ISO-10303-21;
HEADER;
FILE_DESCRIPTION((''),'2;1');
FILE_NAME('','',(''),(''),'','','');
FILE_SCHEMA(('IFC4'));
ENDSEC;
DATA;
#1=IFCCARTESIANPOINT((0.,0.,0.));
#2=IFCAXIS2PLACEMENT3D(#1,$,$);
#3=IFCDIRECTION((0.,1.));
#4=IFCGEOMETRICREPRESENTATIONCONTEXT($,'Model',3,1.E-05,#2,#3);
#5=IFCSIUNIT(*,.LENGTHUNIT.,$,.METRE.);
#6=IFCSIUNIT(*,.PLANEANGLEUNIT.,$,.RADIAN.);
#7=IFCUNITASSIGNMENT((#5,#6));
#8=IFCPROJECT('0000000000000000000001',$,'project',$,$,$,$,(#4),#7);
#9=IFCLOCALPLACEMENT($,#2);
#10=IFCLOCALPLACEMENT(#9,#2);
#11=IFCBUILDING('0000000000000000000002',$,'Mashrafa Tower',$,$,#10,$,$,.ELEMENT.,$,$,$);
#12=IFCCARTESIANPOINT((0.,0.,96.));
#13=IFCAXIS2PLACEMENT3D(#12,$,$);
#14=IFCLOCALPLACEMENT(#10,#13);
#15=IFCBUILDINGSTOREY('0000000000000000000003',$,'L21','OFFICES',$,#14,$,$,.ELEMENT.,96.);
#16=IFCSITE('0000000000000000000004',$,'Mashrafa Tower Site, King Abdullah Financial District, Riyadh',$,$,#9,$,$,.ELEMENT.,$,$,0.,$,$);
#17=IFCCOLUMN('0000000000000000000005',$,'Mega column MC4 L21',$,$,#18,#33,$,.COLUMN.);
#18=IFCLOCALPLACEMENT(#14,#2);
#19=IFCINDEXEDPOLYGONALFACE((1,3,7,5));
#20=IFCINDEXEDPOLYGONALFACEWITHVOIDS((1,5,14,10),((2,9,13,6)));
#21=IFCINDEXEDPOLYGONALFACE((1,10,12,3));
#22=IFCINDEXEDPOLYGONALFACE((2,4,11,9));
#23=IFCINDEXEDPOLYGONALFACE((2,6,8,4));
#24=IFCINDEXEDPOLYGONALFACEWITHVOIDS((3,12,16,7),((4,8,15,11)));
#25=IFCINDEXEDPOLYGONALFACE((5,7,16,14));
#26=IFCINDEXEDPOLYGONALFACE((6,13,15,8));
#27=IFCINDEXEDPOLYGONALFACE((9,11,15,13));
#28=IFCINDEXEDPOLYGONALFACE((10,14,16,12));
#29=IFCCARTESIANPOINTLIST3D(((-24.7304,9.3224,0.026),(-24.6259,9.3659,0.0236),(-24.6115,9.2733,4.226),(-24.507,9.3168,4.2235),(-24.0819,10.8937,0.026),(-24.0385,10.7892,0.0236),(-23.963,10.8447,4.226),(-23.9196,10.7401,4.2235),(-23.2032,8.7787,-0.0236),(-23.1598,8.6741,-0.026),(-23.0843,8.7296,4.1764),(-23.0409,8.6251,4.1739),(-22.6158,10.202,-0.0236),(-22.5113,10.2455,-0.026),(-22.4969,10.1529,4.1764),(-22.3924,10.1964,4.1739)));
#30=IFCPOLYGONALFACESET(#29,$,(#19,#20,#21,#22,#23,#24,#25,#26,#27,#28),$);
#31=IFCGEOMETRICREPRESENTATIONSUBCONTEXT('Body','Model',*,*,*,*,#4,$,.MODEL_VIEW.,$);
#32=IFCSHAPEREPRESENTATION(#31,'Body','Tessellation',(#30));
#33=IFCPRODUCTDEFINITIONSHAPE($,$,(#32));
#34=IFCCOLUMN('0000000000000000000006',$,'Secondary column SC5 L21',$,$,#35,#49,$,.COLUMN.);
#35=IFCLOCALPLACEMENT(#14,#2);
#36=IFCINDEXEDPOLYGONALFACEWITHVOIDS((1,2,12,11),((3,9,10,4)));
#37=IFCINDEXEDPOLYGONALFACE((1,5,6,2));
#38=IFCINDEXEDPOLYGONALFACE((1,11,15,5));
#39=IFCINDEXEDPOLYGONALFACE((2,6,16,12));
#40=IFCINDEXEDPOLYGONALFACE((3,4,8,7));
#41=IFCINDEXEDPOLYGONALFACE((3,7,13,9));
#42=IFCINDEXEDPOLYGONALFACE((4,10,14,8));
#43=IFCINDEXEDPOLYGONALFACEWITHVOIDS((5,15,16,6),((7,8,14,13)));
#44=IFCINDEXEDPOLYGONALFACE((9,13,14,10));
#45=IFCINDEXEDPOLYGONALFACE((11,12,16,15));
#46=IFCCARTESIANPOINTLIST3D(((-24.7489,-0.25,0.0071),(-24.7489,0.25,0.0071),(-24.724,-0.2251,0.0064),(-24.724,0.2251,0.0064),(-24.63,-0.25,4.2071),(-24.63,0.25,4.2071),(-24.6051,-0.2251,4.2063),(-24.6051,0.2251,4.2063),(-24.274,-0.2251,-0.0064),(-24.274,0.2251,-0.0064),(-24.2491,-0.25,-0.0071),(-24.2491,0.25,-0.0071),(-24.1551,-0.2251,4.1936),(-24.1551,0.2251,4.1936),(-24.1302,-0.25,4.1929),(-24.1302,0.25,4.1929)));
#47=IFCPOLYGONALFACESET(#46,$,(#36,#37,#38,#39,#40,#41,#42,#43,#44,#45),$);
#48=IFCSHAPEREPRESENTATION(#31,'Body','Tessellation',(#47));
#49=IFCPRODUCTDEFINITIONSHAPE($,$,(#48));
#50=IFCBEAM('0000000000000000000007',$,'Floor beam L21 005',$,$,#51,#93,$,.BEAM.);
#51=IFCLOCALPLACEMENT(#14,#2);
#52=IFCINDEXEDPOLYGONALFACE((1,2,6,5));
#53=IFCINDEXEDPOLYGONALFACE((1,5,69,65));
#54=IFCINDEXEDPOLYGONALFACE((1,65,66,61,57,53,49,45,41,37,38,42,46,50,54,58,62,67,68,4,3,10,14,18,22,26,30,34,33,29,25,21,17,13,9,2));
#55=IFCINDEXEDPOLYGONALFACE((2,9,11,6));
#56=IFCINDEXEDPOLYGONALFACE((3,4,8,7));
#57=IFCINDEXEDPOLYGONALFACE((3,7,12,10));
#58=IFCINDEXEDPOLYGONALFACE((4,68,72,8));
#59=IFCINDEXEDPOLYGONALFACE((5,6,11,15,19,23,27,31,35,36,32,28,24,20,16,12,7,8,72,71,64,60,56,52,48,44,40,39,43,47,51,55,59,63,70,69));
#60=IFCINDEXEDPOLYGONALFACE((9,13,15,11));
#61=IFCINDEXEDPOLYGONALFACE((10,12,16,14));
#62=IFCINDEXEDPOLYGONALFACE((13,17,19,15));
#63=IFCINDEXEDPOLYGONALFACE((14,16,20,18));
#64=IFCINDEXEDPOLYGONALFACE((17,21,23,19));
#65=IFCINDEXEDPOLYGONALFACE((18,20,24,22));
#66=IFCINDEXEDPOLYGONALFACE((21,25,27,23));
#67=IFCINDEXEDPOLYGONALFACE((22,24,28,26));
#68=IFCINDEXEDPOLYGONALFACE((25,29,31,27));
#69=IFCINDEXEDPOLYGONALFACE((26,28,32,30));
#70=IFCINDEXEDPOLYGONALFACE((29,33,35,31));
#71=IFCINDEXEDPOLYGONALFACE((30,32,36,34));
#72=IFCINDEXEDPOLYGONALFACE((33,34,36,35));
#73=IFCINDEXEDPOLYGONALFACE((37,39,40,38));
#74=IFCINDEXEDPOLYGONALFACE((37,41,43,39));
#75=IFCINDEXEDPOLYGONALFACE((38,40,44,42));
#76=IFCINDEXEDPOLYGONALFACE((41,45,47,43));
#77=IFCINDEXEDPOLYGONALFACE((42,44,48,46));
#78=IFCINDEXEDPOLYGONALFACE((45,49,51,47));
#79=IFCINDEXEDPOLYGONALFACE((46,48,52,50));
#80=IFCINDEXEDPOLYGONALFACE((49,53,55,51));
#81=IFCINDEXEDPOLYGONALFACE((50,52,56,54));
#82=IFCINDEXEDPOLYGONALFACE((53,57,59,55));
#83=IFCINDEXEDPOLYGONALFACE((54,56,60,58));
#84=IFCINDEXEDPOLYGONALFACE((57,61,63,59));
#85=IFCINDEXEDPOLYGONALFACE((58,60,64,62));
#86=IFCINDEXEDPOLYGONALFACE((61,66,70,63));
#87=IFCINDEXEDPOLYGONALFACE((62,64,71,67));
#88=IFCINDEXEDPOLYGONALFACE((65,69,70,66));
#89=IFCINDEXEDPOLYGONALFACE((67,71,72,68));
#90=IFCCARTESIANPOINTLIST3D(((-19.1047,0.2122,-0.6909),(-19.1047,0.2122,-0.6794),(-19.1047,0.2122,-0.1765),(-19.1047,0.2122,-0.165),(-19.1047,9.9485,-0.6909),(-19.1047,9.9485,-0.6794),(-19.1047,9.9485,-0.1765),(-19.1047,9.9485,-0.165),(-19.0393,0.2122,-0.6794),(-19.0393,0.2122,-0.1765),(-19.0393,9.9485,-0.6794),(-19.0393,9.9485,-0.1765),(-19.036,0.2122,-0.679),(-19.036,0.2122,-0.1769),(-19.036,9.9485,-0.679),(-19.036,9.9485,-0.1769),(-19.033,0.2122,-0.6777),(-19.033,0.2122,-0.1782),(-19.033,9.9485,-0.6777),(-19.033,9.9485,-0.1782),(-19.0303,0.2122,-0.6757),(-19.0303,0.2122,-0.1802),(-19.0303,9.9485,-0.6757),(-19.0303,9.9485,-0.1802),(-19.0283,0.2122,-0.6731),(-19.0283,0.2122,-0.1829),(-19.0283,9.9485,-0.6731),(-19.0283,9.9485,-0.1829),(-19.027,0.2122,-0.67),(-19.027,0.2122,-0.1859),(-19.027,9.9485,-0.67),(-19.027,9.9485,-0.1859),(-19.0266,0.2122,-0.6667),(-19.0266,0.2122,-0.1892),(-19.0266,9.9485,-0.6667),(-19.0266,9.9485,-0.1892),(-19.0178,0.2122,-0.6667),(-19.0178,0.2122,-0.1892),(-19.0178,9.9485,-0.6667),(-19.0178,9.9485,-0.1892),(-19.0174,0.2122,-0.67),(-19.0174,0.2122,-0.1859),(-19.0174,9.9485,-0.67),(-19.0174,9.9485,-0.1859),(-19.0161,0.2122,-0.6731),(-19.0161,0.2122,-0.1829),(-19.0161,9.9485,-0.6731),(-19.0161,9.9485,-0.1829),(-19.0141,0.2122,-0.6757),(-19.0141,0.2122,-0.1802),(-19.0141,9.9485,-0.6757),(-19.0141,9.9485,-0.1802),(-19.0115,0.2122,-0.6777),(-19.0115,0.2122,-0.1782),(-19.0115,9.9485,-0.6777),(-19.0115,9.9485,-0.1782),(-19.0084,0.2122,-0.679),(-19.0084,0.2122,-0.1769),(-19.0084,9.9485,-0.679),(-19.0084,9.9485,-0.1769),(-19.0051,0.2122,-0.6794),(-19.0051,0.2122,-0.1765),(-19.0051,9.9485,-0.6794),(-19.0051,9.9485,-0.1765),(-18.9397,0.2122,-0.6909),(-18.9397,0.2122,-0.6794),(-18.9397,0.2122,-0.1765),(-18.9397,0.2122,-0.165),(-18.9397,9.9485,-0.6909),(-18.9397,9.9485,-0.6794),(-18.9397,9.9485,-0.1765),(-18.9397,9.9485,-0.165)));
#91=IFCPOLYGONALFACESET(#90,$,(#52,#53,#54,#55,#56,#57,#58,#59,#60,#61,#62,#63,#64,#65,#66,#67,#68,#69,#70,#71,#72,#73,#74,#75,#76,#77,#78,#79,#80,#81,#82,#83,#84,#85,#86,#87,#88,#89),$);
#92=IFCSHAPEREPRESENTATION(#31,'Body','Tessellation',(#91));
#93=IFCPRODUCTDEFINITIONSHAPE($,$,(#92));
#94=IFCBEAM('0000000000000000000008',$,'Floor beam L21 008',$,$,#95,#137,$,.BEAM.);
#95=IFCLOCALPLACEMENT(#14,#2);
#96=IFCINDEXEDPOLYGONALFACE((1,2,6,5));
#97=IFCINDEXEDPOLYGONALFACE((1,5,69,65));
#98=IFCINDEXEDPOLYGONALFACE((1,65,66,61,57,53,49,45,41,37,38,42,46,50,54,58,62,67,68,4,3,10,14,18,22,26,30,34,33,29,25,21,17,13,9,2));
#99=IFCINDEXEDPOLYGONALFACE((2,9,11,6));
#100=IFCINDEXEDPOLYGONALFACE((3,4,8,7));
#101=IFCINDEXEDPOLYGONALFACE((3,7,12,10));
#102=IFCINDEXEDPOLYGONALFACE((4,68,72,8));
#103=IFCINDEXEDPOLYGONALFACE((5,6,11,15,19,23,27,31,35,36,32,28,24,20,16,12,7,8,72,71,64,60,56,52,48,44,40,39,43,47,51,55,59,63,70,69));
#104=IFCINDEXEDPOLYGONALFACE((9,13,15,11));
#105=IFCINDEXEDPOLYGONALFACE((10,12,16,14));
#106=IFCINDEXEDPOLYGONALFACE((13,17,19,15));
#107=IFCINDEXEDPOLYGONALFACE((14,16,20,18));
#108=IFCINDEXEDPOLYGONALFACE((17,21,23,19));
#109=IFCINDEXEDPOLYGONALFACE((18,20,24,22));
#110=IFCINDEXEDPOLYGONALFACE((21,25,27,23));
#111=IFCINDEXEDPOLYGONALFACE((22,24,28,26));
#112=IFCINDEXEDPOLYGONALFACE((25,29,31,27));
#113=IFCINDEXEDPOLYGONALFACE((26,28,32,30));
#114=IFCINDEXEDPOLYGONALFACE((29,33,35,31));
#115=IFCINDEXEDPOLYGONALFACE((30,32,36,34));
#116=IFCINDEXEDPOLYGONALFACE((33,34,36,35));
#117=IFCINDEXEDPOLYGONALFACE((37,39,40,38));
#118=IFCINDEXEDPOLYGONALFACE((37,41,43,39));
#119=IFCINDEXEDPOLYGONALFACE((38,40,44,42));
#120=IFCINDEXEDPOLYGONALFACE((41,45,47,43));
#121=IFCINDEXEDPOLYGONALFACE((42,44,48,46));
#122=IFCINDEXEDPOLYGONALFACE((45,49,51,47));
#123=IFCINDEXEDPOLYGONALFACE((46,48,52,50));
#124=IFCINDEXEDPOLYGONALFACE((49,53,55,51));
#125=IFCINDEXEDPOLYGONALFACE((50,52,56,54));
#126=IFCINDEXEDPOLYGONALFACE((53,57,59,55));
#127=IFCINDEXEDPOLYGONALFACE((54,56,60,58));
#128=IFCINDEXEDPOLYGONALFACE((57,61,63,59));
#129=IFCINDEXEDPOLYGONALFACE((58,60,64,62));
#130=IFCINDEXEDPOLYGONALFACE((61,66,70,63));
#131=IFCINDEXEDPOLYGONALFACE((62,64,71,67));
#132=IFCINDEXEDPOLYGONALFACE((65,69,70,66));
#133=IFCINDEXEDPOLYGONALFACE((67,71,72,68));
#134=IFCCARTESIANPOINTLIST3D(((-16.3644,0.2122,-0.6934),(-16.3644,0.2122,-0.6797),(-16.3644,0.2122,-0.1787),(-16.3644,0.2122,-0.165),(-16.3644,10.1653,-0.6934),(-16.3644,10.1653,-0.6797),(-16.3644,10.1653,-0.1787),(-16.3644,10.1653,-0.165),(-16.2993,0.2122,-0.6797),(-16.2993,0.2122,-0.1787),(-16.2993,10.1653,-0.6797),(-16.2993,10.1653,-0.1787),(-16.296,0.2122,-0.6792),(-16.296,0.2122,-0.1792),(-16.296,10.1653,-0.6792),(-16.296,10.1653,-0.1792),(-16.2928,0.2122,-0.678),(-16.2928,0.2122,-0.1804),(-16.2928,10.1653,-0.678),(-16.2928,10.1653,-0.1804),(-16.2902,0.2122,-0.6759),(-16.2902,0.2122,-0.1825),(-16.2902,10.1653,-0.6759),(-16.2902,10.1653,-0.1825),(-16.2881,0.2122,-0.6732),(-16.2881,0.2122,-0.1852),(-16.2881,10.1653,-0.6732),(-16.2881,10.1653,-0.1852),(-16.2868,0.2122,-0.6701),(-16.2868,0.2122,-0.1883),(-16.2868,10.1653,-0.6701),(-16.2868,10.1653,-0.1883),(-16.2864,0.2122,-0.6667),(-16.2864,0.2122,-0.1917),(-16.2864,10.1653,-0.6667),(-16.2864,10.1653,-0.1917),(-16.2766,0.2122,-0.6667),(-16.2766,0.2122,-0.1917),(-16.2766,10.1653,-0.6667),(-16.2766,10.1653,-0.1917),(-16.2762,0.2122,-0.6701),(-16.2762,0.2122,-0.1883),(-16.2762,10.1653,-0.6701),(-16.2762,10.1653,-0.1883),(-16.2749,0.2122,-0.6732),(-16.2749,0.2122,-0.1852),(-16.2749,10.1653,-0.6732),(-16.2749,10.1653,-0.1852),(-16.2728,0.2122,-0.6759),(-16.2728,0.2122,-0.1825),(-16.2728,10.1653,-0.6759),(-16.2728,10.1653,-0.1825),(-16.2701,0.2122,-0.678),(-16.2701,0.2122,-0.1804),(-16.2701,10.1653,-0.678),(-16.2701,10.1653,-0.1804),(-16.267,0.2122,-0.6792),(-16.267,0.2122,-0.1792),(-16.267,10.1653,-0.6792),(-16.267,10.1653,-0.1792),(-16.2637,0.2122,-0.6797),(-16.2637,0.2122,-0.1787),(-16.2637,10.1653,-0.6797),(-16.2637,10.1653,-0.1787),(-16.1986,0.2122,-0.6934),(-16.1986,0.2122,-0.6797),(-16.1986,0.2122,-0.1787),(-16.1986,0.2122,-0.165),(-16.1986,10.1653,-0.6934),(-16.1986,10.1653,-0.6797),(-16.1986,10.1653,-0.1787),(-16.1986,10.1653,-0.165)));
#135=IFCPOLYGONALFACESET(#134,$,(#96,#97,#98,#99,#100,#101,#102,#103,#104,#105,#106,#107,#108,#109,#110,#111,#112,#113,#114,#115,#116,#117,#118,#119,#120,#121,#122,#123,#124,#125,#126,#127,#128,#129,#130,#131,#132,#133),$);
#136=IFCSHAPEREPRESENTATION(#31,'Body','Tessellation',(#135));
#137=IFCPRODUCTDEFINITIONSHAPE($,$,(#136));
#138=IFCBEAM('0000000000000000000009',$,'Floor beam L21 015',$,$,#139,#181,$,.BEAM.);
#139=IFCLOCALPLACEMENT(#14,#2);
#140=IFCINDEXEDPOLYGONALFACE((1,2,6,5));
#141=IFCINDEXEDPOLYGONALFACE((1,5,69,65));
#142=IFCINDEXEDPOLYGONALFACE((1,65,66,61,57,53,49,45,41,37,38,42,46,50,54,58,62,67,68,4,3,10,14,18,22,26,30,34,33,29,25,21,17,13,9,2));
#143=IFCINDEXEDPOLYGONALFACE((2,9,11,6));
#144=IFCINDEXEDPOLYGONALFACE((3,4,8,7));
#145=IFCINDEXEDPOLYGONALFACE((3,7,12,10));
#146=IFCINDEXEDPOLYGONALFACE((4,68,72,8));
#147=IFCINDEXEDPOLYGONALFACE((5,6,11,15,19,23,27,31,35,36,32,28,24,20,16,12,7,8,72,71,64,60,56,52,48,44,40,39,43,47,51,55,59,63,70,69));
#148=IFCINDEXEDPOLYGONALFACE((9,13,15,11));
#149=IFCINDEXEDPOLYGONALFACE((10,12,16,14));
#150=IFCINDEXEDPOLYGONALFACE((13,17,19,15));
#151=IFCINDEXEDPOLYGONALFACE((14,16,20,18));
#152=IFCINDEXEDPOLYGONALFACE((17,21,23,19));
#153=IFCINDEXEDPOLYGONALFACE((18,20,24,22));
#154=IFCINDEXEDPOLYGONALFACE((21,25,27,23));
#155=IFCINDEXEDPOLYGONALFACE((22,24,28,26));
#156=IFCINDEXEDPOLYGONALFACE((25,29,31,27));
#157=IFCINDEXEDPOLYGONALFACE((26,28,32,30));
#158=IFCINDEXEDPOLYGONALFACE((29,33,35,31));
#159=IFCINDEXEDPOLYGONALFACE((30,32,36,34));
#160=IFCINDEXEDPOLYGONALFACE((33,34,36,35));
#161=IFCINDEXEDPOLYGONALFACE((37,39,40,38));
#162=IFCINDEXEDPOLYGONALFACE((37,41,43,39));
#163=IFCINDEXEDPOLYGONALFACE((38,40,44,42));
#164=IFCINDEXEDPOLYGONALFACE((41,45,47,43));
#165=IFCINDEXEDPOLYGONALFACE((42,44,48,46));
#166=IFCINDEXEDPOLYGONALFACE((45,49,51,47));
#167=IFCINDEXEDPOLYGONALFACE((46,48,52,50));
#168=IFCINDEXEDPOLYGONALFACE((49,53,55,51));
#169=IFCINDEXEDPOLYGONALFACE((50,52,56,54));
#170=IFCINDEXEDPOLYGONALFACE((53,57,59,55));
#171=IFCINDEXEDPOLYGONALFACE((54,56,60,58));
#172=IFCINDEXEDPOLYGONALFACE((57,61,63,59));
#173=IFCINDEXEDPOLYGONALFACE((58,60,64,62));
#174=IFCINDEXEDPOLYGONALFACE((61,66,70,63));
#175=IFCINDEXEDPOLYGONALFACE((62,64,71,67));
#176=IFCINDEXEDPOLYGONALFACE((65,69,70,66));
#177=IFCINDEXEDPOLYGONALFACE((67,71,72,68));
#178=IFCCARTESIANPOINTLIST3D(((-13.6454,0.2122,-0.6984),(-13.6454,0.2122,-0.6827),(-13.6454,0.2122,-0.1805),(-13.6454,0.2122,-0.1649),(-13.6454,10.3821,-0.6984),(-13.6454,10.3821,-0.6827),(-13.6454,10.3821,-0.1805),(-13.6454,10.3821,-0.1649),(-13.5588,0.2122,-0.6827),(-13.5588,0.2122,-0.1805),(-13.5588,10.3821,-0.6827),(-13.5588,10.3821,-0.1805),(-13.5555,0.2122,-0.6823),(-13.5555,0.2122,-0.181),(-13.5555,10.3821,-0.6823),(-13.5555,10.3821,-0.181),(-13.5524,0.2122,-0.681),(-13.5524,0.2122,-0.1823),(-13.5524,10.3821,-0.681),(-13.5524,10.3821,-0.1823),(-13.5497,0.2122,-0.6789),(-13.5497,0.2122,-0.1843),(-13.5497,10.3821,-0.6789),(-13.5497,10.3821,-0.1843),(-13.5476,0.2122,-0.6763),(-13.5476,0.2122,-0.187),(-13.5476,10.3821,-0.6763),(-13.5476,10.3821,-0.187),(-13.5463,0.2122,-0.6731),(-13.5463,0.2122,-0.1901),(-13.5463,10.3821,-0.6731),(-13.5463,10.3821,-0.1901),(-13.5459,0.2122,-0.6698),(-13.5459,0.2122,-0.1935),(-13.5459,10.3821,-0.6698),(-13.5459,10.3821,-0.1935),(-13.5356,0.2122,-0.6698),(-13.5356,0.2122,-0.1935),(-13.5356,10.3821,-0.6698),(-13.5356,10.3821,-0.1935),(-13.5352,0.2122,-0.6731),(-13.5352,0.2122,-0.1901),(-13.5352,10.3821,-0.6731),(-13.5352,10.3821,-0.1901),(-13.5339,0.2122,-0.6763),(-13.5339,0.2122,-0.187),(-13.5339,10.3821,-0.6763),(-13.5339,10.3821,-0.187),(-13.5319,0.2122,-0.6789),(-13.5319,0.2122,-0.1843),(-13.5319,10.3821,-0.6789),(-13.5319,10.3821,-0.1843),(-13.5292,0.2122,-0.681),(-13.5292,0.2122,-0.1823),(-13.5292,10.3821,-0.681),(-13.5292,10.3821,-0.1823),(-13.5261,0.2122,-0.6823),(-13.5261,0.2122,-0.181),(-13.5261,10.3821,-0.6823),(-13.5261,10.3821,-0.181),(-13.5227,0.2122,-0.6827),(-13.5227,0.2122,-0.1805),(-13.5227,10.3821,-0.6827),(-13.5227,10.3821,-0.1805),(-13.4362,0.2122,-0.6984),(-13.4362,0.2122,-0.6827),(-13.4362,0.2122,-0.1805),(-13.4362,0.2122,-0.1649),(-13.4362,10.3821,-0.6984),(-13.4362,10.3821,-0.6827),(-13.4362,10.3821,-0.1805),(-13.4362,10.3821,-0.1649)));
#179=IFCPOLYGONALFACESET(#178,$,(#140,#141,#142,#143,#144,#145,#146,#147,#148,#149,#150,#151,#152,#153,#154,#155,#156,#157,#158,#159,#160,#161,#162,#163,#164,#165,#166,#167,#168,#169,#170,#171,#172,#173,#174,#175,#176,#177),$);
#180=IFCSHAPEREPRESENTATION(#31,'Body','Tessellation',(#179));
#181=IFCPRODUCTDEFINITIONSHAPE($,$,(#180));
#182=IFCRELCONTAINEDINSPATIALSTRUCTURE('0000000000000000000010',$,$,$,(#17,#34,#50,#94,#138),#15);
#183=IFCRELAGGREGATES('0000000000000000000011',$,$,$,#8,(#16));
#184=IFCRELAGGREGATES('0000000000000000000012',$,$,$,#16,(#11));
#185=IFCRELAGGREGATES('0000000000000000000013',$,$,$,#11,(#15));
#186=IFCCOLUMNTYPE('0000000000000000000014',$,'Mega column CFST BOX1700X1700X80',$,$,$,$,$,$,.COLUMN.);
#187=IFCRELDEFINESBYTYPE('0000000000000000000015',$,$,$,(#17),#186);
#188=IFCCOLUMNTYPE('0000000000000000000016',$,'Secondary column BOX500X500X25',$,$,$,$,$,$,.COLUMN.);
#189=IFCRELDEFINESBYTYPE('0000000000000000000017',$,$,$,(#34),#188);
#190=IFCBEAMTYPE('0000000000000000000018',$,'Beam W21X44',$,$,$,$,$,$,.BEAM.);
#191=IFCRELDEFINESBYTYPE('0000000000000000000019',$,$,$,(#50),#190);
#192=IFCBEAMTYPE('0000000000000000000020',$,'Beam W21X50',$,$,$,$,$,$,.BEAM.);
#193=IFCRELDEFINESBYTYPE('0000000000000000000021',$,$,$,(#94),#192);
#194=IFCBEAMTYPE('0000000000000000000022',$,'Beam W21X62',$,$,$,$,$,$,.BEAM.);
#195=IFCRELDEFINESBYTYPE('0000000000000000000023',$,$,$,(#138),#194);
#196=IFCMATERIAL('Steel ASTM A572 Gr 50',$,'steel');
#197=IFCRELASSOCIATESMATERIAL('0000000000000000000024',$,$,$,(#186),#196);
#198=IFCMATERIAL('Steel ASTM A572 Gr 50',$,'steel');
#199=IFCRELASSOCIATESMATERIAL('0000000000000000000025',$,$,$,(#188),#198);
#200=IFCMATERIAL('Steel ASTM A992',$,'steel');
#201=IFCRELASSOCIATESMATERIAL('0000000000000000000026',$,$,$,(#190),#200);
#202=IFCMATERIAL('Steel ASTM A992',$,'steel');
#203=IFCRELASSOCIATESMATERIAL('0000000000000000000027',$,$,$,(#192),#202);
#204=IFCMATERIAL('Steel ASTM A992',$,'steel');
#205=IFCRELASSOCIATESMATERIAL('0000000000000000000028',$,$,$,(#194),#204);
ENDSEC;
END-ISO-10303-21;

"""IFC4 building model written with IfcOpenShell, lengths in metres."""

from ifc_helpers import new_model, si_unit, direction, frame, origin, origin_2d, place, context, subcontext, project, spatial, hollow_rectangle, i_section, extrude, material, material_profile, profile_set, type_object, element, save


model = new_model("IFC4")

# Units and contexts
model_context = context("Model", 3, precision=1e-05, world=origin(), true_north=direction((0.0, 1.0)))
body_context = subcontext(model_context, "Body", "Model", "MODEL_VIEW")
ifc_project = project(units=[si_unit("LENGTHUNIT", "METRE"), si_unit("PLANEANGLEUNIT", "RADIAN")], contexts=[model_context])

# Site, building, storey
site_placement = place(None, origin())
site = spatial("IfcSite", under=ifc_project, at=site_placement, Name="Mashrafa Tower Site, King Abdullah Financial District, Riyadh", CompositionType="ELEMENT", RefElevation=0.0)
building_placement = place(site_placement, origin())
building = spatial("IfcBuilding", under=site, at=building_placement, Name="Mashrafa Tower", CompositionType="ELEMENT")
storey_placement = place(building_placement, frame((0.0, 0.0, 96.0)))
storey = spatial("IfcBuildingStorey", under=building, at=storey_placement, Name="L21", Description="OFFICES", CompositionType="ELEMENT", Elevation=96.0)

# Columns
ifc_material_1 = material(Name="Steel ASTM A572 Gr 50", Category="steel")
ifc_material_profile_1 = material_profile(ifc_material_1, hollow_rectangle(XDim=1.7, YDim=1.7, WallThickness=0.0801, at=origin_2d()), Name="BOX1700X1700X80")
ifc_profile_set_1 = profile_set([ifc_material_profile_1], Name="Steel ASTM A572 Gr 50")
column_type_1 = type_object("IfcColumnType", Name="Mega column CFST BOX1700X1700X80", PredefinedType="COLUMN", material=ifc_profile_set_1)
column_1_placement = place(storey_placement, frame((-23.6208, 9.7839, 0.0), z_axis=(0.028296, -0.011679, 0.999531), x_axis=(0.381513, 0.924363, 0.0)))
element("IfcColumn", 1, at=column_1_placement, inside=storey, type_object=column_type_1, Name="Mega column MC4 L21", PredefinedType="COLUMN", context=body_context, shape_type="SweptSolid", body=[
    extrude(hollow_rectangle(XDim=1.7, YDim=1.7, WallThickness=0.0801, at=origin_2d()), origin(), (0.0, 0.0, 1.0), 4.2019),
])
ifc_material_2 = material(Name="Steel ASTM A572 Gr 50", Category="steel")
ifc_material_profile_2 = material_profile(ifc_material_2, hollow_rectangle(XDim=0.5, YDim=0.5, WallThickness=0.0249, at=origin_2d()), Name="BOX500X500X25")
ifc_profile_set_2 = profile_set([ifc_material_profile_2], Name="Steel ASTM A572 Gr 50")
column_type_2 = type_object("IfcColumnType", Name="Secondary column BOX500X500X25", PredefinedType="COLUMN", material=ifc_profile_set_2)
column_2_placement = place(storey_placement, frame((-24.499, 0.0, 0.0), z_axis=(0.028298, 0.0, 0.9996), x_axis=(0.0, 1.0, 0.0)))
element("IfcColumn", 2, at=column_2_placement, inside=storey, type_object=column_type_2, Name="Secondary column SC5 L21", PredefinedType="COLUMN", context=body_context, shape_type="SweptSolid", body=[
    extrude(hollow_rectangle(XDim=0.5, YDim=0.5, WallThickness=0.0249, at=origin_2d()), origin(), (0.0, 0.0, 1.0), 4.2017),
])

# Beams
ifc_material_3 = material(Name="Steel ASTM A992", Category="steel")
ifc_material_profile_3 = material_profile(ifc_material_3, i_section(OverallWidth=0.165, OverallDepth=0.5259, WebThickness=0.0088, FlangeThickness=0.0115, FilletRadius=0.0127, at=origin_2d()), Name="W21X44")
ifc_profile_set_3 = profile_set([ifc_material_profile_3], Name="Steel ASTM A992")
beam_type_1 = type_object("IfcBeamType", Name="Beam W21X44", PredefinedType="BEAM", material=ifc_profile_set_3)
beam_1_placement = place(storey_placement, frame((-19.0222, 0.2122, -0.428), z_axis=(0.0, 1.0, 0.0), x_axis=(-1.0, 0.0, 0.0)))
element("IfcBeam", 3, at=beam_1_placement, inside=storey, type_object=beam_type_1, Name="Floor beam L21 005", PredefinedType="BEAM", context=body_context, shape_type="SweptSolid", body=[
    extrude(i_section(OverallWidth=0.165, OverallDepth=0.5259, WebThickness=0.0088, FlangeThickness=0.0115, FilletRadius=0.0127, at=origin_2d()), origin(), (0.0, 0.0, 1.0), 9.7363),
])
ifc_material_4 = material(Name="Steel ASTM A992", Category="steel")
ifc_material_profile_4 = material_profile(ifc_material_4, i_section(OverallWidth=0.1658, OverallDepth=0.5283, WebThickness=0.0098, FlangeThickness=0.0137, FilletRadius=0.0129, at=origin_2d()), Name="W21X50")
ifc_profile_set_4 = profile_set([ifc_material_profile_4], Name="Steel ASTM A992")
beam_type_2 = type_object("IfcBeamType", Name="Beam W21X50", PredefinedType="BEAM", material=ifc_profile_set_4)
beam_2_placement = place(storey_placement, frame((-16.2815, 0.2122, -0.4292), z_axis=(0.0, 1.0, 0.0), x_axis=(-1.0, 0.0, 0.0)))
element("IfcBeam", 4, at=beam_2_placement, inside=storey, type_object=beam_type_2, Name="Floor beam L21 008", PredefinedType="BEAM", context=body_context, shape_type="SweptSolid", body=[
    extrude(i_section(OverallWidth=0.1658, OverallDepth=0.5283, WebThickness=0.0098, FlangeThickness=0.0137, FilletRadius=0.0129, at=origin_2d()), origin(), (0.0, 0.0, 1.0), 9.9531),
])
ifc_material_5 = material(Name="Steel ASTM A992", Category="steel")
ifc_material_profile_5 = material_profile(ifc_material_5, i_section(OverallWidth=0.2092, OverallDepth=0.5334, WebThickness=0.0103, FlangeThickness=0.0156, FilletRadius=0.0129, at=origin_2d()), Name="W21X62")
ifc_profile_set_5 = profile_set([ifc_material_profile_5], Name="Steel ASTM A992")
beam_type_3 = type_object("IfcBeamType", Name="Beam W21X62", PredefinedType="BEAM", material=ifc_profile_set_5)
beam_3_placement = place(storey_placement, frame((-13.5408, 0.2122, -0.4316), z_axis=(0.0, 1.0, 0.0), x_axis=(-1.0, 0.0, 0.0)))
element("IfcBeam", 5, at=beam_3_placement, inside=storey, type_object=beam_type_3, Name="Floor beam L21 015", PredefinedType="BEAM", context=body_context, shape_type="SweptSolid", body=[
    extrude(i_section(OverallWidth=0.2092, OverallDepth=0.5334, WebThickness=0.0103, FlangeThickness=0.0156, FilletRadius=0.0129, at=origin_2d()), origin(), (0.0, 0.0, 1.0), 10.1699),
])

save(model, "model.ifc")
